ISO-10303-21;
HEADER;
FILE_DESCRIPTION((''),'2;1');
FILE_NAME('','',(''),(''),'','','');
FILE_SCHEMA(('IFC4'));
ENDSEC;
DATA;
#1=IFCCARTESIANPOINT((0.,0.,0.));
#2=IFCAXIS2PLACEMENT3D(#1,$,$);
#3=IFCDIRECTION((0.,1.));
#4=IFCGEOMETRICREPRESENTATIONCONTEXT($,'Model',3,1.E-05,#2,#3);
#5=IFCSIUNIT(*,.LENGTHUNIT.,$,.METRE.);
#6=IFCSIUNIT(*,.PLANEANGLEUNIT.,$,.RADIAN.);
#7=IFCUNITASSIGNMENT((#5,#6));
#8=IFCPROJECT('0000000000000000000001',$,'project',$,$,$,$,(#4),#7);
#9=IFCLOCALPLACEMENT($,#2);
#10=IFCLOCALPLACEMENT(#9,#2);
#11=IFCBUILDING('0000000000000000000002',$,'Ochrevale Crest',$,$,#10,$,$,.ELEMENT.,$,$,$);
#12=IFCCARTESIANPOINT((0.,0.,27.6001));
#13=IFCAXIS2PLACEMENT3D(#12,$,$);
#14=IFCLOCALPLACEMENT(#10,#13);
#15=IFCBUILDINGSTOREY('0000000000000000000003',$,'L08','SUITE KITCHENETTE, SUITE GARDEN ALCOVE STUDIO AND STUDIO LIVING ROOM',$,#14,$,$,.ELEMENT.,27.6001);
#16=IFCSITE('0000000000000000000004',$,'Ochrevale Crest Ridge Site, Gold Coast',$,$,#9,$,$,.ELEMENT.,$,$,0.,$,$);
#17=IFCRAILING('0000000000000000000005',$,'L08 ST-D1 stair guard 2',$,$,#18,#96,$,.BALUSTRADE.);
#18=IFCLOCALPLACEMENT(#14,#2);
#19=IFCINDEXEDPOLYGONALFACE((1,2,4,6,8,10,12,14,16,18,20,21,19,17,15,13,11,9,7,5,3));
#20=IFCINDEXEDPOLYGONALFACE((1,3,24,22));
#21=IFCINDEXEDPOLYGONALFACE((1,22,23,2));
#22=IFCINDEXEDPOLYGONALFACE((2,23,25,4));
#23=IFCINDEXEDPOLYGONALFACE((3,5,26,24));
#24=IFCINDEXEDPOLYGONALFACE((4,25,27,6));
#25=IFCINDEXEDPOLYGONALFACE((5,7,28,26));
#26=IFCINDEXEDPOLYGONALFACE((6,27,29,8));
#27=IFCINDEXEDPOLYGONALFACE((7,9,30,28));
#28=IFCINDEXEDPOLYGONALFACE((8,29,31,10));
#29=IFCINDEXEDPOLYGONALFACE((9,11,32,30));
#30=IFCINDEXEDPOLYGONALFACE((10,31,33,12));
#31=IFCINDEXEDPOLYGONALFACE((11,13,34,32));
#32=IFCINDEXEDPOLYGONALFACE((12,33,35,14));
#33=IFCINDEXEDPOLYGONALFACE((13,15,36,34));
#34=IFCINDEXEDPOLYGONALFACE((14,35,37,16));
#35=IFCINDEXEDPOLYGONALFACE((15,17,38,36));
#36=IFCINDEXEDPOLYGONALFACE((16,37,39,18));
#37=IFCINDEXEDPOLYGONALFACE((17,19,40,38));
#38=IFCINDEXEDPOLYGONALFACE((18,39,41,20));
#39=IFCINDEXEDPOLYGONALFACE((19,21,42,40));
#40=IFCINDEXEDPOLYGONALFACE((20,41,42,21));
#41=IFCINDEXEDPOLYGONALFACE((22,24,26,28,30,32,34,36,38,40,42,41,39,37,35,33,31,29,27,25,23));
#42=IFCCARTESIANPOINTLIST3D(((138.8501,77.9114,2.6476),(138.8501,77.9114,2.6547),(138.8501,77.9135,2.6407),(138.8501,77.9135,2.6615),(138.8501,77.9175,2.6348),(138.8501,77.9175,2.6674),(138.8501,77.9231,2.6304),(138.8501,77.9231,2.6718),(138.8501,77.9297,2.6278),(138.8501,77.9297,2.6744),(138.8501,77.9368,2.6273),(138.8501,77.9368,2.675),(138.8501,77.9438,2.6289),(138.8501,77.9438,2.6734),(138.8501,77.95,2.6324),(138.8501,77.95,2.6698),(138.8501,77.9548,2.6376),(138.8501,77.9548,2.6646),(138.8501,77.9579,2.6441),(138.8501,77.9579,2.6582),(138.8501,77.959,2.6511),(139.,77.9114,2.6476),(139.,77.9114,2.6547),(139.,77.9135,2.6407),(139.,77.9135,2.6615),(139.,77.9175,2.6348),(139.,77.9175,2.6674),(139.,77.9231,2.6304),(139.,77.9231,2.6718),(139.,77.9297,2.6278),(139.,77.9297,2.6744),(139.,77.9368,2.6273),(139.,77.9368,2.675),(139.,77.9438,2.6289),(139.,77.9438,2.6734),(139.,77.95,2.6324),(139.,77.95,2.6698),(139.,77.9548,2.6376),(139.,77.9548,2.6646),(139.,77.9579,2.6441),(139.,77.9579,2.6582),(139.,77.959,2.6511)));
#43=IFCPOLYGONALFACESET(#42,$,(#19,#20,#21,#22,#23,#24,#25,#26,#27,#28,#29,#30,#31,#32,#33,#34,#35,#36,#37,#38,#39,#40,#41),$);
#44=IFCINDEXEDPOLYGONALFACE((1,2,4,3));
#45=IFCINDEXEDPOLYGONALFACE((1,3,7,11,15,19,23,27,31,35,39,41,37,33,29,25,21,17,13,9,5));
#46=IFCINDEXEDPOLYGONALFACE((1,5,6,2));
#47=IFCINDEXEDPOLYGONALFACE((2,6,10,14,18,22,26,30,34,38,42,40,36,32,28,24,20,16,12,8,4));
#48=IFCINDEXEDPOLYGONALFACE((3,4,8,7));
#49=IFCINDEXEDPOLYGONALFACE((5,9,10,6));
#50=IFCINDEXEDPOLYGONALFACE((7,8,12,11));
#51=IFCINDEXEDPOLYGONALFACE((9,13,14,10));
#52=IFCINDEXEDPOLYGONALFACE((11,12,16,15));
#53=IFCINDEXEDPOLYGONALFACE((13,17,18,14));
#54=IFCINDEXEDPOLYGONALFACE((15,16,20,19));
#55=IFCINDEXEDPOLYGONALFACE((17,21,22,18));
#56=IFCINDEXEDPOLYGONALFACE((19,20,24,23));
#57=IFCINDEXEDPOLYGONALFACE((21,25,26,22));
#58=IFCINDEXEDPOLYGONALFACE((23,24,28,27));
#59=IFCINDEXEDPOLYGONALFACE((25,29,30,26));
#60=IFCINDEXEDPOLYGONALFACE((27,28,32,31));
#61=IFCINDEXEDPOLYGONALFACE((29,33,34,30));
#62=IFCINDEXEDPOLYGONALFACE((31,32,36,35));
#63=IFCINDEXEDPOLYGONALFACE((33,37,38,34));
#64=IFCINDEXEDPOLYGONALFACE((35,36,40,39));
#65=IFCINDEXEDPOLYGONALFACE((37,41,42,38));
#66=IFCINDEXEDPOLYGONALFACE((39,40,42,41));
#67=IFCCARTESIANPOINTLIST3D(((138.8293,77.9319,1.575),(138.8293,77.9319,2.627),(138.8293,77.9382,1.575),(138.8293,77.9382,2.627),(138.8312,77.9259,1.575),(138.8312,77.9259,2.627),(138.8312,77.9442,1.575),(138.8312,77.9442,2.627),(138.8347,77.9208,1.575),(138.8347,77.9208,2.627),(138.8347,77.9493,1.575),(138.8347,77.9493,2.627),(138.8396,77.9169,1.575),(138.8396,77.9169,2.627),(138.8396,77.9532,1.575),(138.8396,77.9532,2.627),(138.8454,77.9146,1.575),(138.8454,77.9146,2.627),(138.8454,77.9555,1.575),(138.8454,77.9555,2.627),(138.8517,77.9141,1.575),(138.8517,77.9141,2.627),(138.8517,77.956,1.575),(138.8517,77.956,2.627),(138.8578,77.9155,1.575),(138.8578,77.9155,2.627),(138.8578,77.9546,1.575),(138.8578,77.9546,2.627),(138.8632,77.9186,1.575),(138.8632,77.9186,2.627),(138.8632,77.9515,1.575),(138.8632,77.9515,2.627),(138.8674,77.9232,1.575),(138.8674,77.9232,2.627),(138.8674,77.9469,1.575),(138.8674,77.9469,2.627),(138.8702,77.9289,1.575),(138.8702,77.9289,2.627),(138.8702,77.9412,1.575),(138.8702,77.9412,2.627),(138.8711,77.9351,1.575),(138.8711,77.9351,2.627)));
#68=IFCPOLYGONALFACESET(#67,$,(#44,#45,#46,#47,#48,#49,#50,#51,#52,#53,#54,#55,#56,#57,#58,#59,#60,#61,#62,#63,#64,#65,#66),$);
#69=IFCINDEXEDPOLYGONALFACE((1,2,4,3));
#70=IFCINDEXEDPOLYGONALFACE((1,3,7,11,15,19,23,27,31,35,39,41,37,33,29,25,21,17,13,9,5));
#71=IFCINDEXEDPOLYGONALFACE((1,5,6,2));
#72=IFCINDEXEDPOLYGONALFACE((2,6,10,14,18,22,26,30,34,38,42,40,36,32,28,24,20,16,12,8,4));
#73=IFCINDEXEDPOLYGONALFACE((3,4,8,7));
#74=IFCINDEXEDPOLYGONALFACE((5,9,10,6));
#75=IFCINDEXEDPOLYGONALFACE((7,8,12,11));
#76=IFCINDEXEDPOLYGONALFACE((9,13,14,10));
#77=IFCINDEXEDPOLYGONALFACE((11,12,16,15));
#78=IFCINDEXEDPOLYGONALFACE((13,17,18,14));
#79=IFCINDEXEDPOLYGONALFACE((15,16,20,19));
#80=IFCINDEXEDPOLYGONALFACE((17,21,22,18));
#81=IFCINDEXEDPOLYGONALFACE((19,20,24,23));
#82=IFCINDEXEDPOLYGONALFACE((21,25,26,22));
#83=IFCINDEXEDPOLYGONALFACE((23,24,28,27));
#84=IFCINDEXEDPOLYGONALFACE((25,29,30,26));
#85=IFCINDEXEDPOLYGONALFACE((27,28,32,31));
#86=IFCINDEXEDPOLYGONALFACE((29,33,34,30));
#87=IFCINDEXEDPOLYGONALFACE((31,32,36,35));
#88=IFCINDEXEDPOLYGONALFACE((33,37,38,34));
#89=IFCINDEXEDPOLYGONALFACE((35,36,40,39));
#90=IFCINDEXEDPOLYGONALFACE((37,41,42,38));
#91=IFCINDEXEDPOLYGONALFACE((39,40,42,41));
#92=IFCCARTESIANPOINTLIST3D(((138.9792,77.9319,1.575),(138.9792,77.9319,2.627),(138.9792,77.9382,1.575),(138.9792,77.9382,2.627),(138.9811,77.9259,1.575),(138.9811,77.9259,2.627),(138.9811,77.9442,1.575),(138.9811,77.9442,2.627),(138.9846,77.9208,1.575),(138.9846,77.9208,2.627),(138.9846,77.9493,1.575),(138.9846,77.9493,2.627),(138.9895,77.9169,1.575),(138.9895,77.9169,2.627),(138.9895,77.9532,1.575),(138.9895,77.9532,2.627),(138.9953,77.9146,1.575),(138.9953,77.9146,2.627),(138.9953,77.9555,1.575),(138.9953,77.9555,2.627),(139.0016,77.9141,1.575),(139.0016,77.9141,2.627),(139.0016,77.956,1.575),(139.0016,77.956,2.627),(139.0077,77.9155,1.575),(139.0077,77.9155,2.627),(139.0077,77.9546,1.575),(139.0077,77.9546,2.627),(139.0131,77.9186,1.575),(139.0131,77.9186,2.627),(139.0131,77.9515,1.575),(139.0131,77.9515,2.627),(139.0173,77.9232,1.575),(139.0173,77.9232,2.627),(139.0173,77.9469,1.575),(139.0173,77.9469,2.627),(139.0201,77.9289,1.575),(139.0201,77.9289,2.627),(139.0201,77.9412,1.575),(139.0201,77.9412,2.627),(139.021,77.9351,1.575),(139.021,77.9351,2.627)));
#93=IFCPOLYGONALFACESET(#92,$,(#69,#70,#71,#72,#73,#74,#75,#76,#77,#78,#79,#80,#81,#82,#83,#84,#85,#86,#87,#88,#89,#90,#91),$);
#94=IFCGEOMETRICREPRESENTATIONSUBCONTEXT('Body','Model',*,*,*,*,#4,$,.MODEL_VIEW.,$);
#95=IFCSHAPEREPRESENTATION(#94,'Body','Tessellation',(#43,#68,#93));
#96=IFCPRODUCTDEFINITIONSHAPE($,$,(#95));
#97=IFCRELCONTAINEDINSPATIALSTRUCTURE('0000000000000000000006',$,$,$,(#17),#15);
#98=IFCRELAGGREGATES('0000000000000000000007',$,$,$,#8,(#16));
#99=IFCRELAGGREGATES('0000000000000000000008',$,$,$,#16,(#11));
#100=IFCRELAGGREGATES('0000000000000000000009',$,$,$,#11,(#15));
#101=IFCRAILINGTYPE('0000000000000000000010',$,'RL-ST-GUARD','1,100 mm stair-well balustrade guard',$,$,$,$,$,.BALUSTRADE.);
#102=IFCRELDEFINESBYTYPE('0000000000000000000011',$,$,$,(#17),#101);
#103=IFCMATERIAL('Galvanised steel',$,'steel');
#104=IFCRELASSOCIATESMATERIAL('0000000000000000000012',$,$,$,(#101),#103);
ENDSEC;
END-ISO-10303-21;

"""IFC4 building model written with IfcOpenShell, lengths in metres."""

from ifc_helpers import new_model, si_unit, direction, frame, origin, origin_2d, place, context, subcontext, project, spatial, circle, extrude, material, type_object, element, save


model = new_model("IFC4")

# Units and contexts
model_context = context("Model", 3, precision=1e-05, world=origin(), true_north=direction((0.0, 1.0)))
body_context = subcontext(model_context, "Body", "Model", "MODEL_VIEW")
ifc_project = project(units=[si_unit("LENGTHUNIT", "METRE"), si_unit("PLANEANGLEUNIT", "RADIAN")], contexts=[model_context])

# Site, building, storey
site_placement = place(None, origin())
site = spatial("IfcSite", under=ifc_project, at=site_placement, Name="Ochrevale Crest Ridge Site, Gold Coast", CompositionType="ELEMENT", RefElevation=0.0)
building_placement = place(site_placement, origin())
building = spatial("IfcBuilding", under=site, at=building_placement, Name="Ochrevale Crest", CompositionType="ELEMENT")
storey_placement = place(building_placement, frame((0.0, 0.0, 27.6001)))
storey = spatial("IfcBuildingStorey", under=building, at=storey_placement, Name="L08", Description="SUITE KITCHENETTE, SUITE GARDEN ALCOVE STUDIO AND STUDIO LIVING ROOM", CompositionType="ELEMENT", Elevation=27.6001)

# Railing
ifc_material_1 = material(Name="Galvanised steel", Category="steel")
railing_type_1 = type_object("IfcRailingType", Name="RL-ST-GUARD", Description="1,100 mm stair-well balustrade guard", PredefinedType="BALUSTRADE", material=ifc_material_1)
railing_1_placement = place(storey_placement, frame((138.8501, 77.9351, 1.575)))
element("IfcRailing", 1, at=railing_1_placement, inside=storey, type_object=railing_type_1, Name="L08 ST-D1 stair guard 2", PredefinedType="BALUSTRADE", context=body_context, shape_type="SweptSolid", body=[
    extrude(circle(Radius=0.0239, at=origin_2d()), frame((0.0, 0.0, 1.0762), z_axis=(1.0, 0.0, 0.0), x_axis=(0.0, 1.0, 0.0)), (0.0, 0.0, 1.0), 0.1499),
    extrude(circle(Radius=0.021, at=origin_2d()), origin(), (0.0, 0.0, 1.0), 1.052),
    extrude(circle(Radius=0.021, at=origin_2d()), frame((0.1499, 0.0, 0.0)), (0.0, 0.0, 1.0), 1.052),
])

save(model, "model.ifc")
